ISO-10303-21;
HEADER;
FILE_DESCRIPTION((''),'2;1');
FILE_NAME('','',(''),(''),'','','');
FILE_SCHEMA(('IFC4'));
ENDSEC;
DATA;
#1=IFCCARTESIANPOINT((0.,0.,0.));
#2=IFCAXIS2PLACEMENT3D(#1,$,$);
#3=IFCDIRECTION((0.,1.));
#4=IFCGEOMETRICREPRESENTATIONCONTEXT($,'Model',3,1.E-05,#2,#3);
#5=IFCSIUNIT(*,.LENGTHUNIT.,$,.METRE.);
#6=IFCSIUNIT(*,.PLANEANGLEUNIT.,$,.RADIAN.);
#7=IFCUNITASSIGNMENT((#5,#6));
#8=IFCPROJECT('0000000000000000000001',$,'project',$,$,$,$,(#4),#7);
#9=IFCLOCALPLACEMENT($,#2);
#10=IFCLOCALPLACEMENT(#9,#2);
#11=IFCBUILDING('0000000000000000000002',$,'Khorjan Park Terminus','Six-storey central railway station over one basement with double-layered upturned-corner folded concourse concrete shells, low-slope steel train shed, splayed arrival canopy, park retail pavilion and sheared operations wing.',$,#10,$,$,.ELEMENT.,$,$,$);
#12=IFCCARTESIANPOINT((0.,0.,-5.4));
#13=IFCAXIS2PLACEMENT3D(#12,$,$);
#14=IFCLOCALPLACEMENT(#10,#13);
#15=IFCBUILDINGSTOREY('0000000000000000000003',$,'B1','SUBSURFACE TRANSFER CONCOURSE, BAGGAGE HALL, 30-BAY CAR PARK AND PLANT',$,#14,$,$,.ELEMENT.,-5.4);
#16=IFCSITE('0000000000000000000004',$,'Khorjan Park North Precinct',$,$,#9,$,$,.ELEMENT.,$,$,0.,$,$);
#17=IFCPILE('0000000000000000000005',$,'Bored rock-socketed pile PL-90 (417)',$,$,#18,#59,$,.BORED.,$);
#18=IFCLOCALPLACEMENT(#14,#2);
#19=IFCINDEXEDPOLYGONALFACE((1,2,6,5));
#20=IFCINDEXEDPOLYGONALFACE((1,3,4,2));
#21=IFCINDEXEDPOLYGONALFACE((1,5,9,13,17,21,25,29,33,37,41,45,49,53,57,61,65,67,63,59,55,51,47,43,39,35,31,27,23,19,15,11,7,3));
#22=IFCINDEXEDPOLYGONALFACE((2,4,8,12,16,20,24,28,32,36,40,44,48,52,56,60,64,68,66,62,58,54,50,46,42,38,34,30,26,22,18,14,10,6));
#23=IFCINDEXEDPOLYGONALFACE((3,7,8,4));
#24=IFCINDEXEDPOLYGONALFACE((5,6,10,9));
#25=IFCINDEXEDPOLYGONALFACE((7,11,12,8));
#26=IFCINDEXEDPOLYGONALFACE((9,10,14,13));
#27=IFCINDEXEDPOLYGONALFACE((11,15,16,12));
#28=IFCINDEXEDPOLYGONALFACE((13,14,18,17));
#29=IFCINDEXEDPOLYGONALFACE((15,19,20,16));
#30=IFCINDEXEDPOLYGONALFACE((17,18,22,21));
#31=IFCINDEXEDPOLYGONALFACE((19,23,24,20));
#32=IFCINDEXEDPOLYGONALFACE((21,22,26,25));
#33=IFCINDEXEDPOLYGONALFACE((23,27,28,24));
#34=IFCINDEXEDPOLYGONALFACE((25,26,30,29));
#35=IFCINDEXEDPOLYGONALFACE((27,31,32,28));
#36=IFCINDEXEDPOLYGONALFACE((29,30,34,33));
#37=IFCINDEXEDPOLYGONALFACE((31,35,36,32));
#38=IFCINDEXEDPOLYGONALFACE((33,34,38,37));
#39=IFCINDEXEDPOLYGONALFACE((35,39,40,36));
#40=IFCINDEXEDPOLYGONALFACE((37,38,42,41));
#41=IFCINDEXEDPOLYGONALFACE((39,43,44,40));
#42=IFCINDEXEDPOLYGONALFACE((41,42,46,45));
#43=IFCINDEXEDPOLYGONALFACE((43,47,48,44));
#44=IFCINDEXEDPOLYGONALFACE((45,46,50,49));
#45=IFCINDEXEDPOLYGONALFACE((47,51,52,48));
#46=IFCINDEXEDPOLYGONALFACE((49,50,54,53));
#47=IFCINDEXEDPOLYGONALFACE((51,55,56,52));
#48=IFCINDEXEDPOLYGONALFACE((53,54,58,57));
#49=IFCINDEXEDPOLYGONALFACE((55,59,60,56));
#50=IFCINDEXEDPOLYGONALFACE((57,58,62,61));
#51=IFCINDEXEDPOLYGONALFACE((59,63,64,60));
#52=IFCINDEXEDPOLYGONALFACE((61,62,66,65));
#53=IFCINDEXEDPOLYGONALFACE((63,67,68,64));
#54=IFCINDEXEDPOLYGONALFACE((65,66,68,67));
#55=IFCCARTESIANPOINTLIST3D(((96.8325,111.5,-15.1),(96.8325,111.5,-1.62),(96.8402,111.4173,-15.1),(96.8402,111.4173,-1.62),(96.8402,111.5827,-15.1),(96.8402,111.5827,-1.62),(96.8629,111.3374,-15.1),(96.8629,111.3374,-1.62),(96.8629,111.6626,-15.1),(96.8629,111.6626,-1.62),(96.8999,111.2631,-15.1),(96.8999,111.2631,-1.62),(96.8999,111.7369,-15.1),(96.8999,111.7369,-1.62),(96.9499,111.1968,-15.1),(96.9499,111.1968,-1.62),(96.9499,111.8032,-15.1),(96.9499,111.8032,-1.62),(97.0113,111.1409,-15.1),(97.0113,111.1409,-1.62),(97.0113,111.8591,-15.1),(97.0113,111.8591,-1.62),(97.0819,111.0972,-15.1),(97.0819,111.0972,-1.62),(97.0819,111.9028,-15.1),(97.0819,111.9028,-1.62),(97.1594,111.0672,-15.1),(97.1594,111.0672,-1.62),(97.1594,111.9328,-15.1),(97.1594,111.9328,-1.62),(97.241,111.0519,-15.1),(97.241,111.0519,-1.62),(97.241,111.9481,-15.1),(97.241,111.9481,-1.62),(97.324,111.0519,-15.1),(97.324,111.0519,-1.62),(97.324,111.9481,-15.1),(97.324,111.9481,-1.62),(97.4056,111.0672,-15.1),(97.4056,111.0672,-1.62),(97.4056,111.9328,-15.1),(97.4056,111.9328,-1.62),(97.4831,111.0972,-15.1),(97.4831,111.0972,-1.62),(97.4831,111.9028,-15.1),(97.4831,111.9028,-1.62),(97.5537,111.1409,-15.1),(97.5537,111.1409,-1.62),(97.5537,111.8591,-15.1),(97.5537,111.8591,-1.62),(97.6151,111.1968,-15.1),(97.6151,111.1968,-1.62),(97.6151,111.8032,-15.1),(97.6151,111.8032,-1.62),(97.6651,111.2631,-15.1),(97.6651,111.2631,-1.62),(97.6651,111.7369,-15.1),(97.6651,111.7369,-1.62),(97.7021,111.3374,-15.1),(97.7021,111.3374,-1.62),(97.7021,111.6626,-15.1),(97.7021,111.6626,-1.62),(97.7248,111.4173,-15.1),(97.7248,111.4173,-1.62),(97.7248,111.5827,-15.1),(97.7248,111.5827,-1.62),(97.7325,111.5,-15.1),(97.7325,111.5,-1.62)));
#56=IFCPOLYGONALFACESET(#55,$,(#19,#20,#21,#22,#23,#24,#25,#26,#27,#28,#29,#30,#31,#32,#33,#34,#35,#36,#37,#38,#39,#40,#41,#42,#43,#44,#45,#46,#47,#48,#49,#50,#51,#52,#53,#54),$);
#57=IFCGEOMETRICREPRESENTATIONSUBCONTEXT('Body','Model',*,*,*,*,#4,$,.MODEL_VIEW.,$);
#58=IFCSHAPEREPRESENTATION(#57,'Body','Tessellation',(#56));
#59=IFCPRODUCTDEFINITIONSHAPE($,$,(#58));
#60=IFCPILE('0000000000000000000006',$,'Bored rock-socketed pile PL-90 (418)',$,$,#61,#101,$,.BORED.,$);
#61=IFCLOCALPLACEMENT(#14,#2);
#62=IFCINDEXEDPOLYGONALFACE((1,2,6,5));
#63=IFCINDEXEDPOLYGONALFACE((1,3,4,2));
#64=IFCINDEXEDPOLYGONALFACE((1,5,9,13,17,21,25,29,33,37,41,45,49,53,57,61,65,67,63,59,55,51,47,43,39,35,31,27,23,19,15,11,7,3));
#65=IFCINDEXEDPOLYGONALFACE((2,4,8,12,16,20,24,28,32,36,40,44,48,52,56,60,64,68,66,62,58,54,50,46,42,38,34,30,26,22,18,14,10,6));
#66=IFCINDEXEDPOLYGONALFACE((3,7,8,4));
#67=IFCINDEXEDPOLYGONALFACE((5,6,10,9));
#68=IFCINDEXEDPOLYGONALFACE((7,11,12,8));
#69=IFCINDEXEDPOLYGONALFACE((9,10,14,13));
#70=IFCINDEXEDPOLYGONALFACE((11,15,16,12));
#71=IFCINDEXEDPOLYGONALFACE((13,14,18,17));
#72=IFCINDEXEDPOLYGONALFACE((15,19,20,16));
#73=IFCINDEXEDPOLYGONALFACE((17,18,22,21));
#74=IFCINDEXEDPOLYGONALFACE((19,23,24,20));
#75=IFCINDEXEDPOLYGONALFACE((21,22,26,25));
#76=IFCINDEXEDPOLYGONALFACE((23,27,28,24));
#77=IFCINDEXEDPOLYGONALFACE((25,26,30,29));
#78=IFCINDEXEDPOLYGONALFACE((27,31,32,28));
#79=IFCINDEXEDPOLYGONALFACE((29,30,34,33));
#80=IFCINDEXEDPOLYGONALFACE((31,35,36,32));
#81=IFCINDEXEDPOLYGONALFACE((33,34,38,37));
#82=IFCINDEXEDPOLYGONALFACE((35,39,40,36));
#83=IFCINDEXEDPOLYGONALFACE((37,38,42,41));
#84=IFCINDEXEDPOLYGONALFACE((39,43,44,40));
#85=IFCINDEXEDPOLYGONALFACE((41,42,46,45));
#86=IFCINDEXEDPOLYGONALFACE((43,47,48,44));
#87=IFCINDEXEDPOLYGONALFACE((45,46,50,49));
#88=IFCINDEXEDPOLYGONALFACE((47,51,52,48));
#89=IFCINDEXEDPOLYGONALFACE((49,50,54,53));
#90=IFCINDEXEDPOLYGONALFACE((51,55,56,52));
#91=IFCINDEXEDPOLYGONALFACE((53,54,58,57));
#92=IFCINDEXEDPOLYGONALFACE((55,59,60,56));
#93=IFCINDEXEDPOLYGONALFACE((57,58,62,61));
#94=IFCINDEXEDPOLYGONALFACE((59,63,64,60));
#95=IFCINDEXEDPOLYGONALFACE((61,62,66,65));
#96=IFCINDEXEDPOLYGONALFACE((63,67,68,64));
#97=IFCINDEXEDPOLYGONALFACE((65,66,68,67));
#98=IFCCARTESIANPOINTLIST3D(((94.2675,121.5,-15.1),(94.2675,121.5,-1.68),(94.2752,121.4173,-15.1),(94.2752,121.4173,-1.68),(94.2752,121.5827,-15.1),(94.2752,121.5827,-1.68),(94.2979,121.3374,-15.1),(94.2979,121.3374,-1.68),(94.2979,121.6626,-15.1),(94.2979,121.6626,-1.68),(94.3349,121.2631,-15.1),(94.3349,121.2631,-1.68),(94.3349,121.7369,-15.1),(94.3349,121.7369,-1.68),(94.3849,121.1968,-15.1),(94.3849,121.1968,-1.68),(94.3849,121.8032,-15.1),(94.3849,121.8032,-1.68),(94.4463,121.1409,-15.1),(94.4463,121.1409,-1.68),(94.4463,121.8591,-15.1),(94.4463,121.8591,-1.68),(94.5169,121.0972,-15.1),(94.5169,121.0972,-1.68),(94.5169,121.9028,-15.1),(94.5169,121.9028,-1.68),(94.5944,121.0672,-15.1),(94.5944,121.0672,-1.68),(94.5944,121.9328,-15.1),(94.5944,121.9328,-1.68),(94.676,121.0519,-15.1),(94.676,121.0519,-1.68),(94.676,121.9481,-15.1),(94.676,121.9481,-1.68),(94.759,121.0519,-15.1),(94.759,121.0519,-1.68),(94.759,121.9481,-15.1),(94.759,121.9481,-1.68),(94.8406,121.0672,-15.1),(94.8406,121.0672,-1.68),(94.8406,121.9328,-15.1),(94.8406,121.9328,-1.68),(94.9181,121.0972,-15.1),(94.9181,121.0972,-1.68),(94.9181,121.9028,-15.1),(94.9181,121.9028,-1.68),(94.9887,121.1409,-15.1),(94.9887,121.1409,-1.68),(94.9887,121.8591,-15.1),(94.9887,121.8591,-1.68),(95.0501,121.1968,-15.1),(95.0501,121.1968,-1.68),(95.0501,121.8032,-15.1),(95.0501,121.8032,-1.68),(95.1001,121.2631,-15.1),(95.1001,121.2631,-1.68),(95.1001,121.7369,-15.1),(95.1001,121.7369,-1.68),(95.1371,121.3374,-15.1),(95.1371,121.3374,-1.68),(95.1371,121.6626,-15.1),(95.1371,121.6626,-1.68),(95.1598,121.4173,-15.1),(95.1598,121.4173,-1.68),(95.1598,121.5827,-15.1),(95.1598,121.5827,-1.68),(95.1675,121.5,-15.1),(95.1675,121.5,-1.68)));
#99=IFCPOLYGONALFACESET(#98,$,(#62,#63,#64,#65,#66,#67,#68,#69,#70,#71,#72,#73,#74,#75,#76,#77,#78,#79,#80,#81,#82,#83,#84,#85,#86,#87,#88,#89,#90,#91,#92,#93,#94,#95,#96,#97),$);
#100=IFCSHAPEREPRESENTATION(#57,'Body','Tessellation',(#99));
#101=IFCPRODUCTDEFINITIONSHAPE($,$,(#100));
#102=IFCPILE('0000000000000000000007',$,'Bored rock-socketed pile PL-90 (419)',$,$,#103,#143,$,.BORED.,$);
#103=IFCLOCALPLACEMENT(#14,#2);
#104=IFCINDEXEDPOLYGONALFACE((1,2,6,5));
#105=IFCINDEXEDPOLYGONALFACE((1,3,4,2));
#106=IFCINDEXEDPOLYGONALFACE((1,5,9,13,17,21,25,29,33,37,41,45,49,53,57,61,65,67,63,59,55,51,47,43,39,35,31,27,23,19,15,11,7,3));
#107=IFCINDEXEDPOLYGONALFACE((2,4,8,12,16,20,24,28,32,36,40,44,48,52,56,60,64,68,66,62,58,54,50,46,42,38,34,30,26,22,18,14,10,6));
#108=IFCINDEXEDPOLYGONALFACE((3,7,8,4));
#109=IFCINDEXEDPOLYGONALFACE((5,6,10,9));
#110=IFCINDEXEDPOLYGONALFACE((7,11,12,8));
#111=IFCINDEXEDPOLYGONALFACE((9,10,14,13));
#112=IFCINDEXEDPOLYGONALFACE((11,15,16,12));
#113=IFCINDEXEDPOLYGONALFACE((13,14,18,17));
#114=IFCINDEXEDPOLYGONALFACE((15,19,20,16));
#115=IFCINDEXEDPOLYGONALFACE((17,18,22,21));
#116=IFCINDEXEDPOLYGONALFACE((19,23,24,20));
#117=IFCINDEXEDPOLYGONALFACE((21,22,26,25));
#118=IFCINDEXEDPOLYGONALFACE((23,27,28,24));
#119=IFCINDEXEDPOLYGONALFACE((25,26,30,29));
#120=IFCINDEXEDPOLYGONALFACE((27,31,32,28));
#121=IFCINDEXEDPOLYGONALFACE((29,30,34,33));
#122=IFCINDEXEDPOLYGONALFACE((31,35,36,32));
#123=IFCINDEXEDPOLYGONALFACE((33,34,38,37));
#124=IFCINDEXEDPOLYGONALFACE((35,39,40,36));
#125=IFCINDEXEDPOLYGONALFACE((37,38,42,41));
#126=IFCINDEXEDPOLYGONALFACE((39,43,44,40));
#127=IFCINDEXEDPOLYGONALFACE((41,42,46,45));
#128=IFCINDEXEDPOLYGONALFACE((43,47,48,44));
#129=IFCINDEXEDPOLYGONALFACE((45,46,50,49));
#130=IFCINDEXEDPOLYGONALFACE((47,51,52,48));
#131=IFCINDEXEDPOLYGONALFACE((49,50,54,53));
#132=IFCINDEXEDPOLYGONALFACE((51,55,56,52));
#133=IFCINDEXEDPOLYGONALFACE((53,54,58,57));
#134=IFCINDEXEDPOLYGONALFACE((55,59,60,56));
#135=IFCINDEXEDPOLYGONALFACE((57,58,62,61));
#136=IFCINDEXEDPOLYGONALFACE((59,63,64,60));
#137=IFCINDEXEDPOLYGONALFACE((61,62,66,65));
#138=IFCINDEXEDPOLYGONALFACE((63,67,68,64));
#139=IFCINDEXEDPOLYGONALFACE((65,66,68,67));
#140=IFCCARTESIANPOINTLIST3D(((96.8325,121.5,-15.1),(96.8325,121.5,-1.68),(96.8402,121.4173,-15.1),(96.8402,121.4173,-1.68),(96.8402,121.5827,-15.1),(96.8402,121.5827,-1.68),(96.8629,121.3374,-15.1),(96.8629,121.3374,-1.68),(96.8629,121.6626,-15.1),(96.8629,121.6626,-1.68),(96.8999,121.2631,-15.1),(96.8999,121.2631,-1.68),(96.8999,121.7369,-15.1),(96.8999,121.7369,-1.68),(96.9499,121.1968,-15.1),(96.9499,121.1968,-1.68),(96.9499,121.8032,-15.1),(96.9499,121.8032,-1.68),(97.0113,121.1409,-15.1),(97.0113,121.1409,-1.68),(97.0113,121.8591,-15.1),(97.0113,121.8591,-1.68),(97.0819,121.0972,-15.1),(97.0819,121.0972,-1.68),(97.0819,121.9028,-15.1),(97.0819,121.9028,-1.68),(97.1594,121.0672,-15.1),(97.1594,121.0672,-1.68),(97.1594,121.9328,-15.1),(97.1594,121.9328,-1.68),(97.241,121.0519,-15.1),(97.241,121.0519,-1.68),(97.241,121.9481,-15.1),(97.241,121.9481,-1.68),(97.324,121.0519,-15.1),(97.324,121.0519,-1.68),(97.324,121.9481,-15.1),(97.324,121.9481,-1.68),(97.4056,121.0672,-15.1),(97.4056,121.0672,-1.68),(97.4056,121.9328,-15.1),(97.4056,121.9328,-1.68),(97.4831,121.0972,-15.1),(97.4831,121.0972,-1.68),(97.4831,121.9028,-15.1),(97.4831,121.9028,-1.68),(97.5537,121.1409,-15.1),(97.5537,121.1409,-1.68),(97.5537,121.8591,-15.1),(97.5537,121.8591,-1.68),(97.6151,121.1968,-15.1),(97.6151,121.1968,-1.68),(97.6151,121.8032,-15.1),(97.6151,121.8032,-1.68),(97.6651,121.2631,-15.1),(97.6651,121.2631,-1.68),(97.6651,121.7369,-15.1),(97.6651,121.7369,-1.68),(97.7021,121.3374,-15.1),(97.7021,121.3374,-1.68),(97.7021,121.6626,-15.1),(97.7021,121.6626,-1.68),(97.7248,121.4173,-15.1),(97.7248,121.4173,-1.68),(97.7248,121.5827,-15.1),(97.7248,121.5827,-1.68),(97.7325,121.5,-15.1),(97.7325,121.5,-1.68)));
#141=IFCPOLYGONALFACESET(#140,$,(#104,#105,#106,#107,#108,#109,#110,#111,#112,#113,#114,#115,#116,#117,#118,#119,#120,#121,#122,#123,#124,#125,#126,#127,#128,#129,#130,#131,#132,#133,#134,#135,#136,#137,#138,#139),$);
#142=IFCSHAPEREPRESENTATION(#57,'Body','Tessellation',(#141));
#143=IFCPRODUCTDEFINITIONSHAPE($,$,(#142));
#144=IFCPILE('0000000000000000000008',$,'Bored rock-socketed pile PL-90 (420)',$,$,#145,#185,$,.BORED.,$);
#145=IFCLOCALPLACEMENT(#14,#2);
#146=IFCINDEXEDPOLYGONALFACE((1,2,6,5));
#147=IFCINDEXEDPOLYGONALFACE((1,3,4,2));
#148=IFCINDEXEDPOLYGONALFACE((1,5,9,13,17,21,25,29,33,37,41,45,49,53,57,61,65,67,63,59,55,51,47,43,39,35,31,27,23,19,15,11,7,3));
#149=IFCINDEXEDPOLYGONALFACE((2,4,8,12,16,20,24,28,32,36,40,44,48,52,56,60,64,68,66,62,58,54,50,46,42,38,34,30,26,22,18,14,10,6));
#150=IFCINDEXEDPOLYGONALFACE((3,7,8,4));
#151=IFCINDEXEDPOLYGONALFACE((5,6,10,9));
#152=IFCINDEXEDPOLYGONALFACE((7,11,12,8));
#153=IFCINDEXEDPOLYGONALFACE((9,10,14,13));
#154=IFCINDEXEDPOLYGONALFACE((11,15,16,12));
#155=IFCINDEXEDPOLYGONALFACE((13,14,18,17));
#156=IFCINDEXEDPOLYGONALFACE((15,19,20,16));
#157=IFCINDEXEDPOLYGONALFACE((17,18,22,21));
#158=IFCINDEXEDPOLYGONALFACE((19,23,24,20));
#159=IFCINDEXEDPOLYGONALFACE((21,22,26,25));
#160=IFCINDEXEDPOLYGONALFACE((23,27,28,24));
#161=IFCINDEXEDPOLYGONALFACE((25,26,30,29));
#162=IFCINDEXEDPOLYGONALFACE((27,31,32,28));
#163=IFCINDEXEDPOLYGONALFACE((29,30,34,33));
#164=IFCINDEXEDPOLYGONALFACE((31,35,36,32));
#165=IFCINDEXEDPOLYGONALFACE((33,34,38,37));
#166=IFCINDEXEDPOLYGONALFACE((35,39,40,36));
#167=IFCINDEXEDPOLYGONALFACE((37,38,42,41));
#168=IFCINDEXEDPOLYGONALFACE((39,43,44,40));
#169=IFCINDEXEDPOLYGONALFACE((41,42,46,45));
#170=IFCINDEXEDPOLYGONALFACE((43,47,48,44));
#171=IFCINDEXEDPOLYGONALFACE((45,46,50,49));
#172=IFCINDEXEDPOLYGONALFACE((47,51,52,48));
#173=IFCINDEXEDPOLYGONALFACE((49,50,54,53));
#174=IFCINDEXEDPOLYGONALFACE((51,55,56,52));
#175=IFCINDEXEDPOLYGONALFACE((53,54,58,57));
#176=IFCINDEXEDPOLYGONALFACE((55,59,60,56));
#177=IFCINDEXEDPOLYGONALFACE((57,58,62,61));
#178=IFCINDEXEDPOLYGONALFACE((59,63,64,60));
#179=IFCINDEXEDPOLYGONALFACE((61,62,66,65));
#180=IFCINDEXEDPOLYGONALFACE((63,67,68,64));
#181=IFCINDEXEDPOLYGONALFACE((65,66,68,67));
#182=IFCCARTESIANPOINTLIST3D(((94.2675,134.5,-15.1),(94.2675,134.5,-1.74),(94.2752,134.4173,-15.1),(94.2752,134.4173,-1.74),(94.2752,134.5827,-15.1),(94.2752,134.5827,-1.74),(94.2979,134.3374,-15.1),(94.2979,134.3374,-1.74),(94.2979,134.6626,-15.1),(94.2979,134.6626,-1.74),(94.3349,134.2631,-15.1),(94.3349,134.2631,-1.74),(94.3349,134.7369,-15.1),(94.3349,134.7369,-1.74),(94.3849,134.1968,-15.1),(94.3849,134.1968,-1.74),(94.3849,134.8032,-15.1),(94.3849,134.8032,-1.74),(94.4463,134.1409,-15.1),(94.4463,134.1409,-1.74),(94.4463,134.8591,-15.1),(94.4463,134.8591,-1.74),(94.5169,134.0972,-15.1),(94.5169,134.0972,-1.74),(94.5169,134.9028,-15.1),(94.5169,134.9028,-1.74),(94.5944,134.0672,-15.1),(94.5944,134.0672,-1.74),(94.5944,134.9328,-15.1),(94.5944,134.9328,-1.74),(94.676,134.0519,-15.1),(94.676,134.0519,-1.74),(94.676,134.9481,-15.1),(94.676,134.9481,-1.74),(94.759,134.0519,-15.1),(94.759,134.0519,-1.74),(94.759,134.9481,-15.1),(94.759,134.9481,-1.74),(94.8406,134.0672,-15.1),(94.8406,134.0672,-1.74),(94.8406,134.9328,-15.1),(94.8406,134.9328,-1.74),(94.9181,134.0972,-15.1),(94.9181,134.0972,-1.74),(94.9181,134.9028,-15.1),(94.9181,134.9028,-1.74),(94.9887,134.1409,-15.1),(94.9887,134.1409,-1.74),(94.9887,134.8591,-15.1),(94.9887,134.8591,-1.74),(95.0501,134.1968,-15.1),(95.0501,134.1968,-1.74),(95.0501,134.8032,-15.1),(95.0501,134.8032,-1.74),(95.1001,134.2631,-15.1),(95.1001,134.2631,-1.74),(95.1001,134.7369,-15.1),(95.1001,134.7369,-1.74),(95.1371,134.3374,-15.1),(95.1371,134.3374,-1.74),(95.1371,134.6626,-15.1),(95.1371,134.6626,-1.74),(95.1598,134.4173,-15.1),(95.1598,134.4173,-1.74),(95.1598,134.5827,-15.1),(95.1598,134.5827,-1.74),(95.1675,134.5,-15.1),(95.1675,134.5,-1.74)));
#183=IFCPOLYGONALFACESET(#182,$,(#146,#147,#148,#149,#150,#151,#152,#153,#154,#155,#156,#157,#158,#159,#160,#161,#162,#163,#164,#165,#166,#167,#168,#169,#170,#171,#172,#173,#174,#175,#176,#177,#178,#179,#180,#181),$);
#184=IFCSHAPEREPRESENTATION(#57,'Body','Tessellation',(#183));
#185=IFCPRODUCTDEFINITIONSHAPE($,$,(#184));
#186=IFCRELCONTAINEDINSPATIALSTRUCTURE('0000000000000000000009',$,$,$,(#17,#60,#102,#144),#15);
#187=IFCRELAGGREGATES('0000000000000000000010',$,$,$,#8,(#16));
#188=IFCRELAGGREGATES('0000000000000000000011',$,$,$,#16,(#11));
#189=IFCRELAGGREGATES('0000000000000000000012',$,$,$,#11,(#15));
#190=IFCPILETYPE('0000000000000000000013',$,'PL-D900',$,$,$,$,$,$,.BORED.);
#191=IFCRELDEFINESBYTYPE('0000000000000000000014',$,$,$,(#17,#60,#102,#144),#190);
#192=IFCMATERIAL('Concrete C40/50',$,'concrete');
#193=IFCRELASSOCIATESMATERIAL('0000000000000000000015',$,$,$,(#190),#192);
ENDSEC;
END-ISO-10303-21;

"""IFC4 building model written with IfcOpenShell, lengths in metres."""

from ifc_helpers import new_model, si_unit, direction, frame, origin, origin_2d, place, context, subcontext, project, spatial, circle, extrude, material, material_profile, profile_set, type_object, element, save


model = new_model("IFC4")

# Units and contexts
model_context = context("Model", 3, precision=1e-05, world=origin(), true_north=direction((0.0, 1.0)))
body_context = subcontext(model_context, "Body", "Model", "MODEL_VIEW")
ifc_project = project(units=[si_unit("LENGTHUNIT", "METRE"), si_unit("PLANEANGLEUNIT", "RADIAN")], contexts=[model_context])

# Site, building, storey
site_placement = place(None, origin())
site = spatial("IfcSite", under=ifc_project, at=site_placement, Name="Khorjan Park North Precinct", CompositionType="ELEMENT", RefElevation=0.0)
building_placement = place(site_placement, origin())
building = spatial("IfcBuilding", under=site, at=building_placement, Name="Khorjan Park Terminus", Description="Six-storey central railway station over one basement with double-layered upturned-corner folded concourse concrete shells, low-slope steel train shed, splayed arrival canopy, park retail pavilion and sheared operations wing.", CompositionType="ELEMENT")
storey_placement = place(building_placement, frame((0.0, 0.0, -5.4)))
storey = spatial("IfcBuildingStorey", under=building, at=storey_placement, Name="B1", Description="SUBSURFACE TRANSFER CONCOURSE, BAGGAGE HALL, 30-BAY CAR PARK AND PLANT", CompositionType="ELEMENT", Elevation=-5.4)

# Shared definitions
ifc_material_1 = material(Name="Concrete C40/50", Category="concrete")

# Piles
ifc_material_profile_1 = material_profile(ifc_material_1, circle(Radius=0.45, at=origin_2d()), Name="BORED D900")
ifc_profile_set_1 = profile_set([ifc_material_profile_1], Name="Concrete C40/50")
pile_type = type_object("IfcPileType", Name="PL-D900", PredefinedType="BORED", material=ifc_profile_set_1)
for number, where, z_axis, x_axis, name in (
    (1, (97.2825, 111.5, -1.62), (0.0, 0.0, -1.0), (1.0, 0.0, 0.0), "Bored rock-socketed pile PL-90 (417)"),
):
    element("IfcPile", number, at=place(storey_placement, frame(where, z_axis=z_axis, x_axis=x_axis)), inside=storey, type_object=pile_type, Name=name, PredefinedType="BORED", context=body_context, shape_type="SweptSolid", body=[
        extrude(circle(Radius=0.45, at=origin_2d()), origin(), (0.0, 0.0, 1.0), 13.48),
    ])
for number, where, z_axis, x_axis, name in (
    (2, (94.7175, 121.5, -1.68), (0.0, 0.0, -1.0), (1.0, 0.0, 0.0), "Bored rock-socketed pile PL-90 (418)"),
    (3, (97.2825, 121.5, -1.68), (0.0, 0.0, -1.0), (1.0, 0.0, 0.0), "Bored rock-socketed pile PL-90 (419)"),
):
    element("IfcPile", number, at=place(storey_placement, frame(where, z_axis=z_axis, x_axis=x_axis)), inside=storey, type_object=pile_type, Name=name, PredefinedType="BORED", context=body_context, shape_type="SweptSolid", body=[
        extrude(circle(Radius=0.45, at=origin_2d()), origin(), (0.0, 0.0, 1.0), 13.42),
    ])
for number, where, z_axis, x_axis, name in (
    (4, (94.7175, 134.5, -1.74), (0.0, 0.0, -1.0), (1.0, 0.0, 0.0), "Bored rock-socketed pile PL-90 (420)"),
):
    element("IfcPile", number, at=place(storey_placement, frame(where, z_axis=z_axis, x_axis=x_axis)), inside=storey, type_object=pile_type, Name=name, PredefinedType="BORED", context=body_context, shape_type="SweptSolid", body=[
        extrude(circle(Radius=0.45, at=origin_2d()), origin(), (0.0, 0.0, 1.0), 13.36),
    ])

save(model, "model.ifc")
